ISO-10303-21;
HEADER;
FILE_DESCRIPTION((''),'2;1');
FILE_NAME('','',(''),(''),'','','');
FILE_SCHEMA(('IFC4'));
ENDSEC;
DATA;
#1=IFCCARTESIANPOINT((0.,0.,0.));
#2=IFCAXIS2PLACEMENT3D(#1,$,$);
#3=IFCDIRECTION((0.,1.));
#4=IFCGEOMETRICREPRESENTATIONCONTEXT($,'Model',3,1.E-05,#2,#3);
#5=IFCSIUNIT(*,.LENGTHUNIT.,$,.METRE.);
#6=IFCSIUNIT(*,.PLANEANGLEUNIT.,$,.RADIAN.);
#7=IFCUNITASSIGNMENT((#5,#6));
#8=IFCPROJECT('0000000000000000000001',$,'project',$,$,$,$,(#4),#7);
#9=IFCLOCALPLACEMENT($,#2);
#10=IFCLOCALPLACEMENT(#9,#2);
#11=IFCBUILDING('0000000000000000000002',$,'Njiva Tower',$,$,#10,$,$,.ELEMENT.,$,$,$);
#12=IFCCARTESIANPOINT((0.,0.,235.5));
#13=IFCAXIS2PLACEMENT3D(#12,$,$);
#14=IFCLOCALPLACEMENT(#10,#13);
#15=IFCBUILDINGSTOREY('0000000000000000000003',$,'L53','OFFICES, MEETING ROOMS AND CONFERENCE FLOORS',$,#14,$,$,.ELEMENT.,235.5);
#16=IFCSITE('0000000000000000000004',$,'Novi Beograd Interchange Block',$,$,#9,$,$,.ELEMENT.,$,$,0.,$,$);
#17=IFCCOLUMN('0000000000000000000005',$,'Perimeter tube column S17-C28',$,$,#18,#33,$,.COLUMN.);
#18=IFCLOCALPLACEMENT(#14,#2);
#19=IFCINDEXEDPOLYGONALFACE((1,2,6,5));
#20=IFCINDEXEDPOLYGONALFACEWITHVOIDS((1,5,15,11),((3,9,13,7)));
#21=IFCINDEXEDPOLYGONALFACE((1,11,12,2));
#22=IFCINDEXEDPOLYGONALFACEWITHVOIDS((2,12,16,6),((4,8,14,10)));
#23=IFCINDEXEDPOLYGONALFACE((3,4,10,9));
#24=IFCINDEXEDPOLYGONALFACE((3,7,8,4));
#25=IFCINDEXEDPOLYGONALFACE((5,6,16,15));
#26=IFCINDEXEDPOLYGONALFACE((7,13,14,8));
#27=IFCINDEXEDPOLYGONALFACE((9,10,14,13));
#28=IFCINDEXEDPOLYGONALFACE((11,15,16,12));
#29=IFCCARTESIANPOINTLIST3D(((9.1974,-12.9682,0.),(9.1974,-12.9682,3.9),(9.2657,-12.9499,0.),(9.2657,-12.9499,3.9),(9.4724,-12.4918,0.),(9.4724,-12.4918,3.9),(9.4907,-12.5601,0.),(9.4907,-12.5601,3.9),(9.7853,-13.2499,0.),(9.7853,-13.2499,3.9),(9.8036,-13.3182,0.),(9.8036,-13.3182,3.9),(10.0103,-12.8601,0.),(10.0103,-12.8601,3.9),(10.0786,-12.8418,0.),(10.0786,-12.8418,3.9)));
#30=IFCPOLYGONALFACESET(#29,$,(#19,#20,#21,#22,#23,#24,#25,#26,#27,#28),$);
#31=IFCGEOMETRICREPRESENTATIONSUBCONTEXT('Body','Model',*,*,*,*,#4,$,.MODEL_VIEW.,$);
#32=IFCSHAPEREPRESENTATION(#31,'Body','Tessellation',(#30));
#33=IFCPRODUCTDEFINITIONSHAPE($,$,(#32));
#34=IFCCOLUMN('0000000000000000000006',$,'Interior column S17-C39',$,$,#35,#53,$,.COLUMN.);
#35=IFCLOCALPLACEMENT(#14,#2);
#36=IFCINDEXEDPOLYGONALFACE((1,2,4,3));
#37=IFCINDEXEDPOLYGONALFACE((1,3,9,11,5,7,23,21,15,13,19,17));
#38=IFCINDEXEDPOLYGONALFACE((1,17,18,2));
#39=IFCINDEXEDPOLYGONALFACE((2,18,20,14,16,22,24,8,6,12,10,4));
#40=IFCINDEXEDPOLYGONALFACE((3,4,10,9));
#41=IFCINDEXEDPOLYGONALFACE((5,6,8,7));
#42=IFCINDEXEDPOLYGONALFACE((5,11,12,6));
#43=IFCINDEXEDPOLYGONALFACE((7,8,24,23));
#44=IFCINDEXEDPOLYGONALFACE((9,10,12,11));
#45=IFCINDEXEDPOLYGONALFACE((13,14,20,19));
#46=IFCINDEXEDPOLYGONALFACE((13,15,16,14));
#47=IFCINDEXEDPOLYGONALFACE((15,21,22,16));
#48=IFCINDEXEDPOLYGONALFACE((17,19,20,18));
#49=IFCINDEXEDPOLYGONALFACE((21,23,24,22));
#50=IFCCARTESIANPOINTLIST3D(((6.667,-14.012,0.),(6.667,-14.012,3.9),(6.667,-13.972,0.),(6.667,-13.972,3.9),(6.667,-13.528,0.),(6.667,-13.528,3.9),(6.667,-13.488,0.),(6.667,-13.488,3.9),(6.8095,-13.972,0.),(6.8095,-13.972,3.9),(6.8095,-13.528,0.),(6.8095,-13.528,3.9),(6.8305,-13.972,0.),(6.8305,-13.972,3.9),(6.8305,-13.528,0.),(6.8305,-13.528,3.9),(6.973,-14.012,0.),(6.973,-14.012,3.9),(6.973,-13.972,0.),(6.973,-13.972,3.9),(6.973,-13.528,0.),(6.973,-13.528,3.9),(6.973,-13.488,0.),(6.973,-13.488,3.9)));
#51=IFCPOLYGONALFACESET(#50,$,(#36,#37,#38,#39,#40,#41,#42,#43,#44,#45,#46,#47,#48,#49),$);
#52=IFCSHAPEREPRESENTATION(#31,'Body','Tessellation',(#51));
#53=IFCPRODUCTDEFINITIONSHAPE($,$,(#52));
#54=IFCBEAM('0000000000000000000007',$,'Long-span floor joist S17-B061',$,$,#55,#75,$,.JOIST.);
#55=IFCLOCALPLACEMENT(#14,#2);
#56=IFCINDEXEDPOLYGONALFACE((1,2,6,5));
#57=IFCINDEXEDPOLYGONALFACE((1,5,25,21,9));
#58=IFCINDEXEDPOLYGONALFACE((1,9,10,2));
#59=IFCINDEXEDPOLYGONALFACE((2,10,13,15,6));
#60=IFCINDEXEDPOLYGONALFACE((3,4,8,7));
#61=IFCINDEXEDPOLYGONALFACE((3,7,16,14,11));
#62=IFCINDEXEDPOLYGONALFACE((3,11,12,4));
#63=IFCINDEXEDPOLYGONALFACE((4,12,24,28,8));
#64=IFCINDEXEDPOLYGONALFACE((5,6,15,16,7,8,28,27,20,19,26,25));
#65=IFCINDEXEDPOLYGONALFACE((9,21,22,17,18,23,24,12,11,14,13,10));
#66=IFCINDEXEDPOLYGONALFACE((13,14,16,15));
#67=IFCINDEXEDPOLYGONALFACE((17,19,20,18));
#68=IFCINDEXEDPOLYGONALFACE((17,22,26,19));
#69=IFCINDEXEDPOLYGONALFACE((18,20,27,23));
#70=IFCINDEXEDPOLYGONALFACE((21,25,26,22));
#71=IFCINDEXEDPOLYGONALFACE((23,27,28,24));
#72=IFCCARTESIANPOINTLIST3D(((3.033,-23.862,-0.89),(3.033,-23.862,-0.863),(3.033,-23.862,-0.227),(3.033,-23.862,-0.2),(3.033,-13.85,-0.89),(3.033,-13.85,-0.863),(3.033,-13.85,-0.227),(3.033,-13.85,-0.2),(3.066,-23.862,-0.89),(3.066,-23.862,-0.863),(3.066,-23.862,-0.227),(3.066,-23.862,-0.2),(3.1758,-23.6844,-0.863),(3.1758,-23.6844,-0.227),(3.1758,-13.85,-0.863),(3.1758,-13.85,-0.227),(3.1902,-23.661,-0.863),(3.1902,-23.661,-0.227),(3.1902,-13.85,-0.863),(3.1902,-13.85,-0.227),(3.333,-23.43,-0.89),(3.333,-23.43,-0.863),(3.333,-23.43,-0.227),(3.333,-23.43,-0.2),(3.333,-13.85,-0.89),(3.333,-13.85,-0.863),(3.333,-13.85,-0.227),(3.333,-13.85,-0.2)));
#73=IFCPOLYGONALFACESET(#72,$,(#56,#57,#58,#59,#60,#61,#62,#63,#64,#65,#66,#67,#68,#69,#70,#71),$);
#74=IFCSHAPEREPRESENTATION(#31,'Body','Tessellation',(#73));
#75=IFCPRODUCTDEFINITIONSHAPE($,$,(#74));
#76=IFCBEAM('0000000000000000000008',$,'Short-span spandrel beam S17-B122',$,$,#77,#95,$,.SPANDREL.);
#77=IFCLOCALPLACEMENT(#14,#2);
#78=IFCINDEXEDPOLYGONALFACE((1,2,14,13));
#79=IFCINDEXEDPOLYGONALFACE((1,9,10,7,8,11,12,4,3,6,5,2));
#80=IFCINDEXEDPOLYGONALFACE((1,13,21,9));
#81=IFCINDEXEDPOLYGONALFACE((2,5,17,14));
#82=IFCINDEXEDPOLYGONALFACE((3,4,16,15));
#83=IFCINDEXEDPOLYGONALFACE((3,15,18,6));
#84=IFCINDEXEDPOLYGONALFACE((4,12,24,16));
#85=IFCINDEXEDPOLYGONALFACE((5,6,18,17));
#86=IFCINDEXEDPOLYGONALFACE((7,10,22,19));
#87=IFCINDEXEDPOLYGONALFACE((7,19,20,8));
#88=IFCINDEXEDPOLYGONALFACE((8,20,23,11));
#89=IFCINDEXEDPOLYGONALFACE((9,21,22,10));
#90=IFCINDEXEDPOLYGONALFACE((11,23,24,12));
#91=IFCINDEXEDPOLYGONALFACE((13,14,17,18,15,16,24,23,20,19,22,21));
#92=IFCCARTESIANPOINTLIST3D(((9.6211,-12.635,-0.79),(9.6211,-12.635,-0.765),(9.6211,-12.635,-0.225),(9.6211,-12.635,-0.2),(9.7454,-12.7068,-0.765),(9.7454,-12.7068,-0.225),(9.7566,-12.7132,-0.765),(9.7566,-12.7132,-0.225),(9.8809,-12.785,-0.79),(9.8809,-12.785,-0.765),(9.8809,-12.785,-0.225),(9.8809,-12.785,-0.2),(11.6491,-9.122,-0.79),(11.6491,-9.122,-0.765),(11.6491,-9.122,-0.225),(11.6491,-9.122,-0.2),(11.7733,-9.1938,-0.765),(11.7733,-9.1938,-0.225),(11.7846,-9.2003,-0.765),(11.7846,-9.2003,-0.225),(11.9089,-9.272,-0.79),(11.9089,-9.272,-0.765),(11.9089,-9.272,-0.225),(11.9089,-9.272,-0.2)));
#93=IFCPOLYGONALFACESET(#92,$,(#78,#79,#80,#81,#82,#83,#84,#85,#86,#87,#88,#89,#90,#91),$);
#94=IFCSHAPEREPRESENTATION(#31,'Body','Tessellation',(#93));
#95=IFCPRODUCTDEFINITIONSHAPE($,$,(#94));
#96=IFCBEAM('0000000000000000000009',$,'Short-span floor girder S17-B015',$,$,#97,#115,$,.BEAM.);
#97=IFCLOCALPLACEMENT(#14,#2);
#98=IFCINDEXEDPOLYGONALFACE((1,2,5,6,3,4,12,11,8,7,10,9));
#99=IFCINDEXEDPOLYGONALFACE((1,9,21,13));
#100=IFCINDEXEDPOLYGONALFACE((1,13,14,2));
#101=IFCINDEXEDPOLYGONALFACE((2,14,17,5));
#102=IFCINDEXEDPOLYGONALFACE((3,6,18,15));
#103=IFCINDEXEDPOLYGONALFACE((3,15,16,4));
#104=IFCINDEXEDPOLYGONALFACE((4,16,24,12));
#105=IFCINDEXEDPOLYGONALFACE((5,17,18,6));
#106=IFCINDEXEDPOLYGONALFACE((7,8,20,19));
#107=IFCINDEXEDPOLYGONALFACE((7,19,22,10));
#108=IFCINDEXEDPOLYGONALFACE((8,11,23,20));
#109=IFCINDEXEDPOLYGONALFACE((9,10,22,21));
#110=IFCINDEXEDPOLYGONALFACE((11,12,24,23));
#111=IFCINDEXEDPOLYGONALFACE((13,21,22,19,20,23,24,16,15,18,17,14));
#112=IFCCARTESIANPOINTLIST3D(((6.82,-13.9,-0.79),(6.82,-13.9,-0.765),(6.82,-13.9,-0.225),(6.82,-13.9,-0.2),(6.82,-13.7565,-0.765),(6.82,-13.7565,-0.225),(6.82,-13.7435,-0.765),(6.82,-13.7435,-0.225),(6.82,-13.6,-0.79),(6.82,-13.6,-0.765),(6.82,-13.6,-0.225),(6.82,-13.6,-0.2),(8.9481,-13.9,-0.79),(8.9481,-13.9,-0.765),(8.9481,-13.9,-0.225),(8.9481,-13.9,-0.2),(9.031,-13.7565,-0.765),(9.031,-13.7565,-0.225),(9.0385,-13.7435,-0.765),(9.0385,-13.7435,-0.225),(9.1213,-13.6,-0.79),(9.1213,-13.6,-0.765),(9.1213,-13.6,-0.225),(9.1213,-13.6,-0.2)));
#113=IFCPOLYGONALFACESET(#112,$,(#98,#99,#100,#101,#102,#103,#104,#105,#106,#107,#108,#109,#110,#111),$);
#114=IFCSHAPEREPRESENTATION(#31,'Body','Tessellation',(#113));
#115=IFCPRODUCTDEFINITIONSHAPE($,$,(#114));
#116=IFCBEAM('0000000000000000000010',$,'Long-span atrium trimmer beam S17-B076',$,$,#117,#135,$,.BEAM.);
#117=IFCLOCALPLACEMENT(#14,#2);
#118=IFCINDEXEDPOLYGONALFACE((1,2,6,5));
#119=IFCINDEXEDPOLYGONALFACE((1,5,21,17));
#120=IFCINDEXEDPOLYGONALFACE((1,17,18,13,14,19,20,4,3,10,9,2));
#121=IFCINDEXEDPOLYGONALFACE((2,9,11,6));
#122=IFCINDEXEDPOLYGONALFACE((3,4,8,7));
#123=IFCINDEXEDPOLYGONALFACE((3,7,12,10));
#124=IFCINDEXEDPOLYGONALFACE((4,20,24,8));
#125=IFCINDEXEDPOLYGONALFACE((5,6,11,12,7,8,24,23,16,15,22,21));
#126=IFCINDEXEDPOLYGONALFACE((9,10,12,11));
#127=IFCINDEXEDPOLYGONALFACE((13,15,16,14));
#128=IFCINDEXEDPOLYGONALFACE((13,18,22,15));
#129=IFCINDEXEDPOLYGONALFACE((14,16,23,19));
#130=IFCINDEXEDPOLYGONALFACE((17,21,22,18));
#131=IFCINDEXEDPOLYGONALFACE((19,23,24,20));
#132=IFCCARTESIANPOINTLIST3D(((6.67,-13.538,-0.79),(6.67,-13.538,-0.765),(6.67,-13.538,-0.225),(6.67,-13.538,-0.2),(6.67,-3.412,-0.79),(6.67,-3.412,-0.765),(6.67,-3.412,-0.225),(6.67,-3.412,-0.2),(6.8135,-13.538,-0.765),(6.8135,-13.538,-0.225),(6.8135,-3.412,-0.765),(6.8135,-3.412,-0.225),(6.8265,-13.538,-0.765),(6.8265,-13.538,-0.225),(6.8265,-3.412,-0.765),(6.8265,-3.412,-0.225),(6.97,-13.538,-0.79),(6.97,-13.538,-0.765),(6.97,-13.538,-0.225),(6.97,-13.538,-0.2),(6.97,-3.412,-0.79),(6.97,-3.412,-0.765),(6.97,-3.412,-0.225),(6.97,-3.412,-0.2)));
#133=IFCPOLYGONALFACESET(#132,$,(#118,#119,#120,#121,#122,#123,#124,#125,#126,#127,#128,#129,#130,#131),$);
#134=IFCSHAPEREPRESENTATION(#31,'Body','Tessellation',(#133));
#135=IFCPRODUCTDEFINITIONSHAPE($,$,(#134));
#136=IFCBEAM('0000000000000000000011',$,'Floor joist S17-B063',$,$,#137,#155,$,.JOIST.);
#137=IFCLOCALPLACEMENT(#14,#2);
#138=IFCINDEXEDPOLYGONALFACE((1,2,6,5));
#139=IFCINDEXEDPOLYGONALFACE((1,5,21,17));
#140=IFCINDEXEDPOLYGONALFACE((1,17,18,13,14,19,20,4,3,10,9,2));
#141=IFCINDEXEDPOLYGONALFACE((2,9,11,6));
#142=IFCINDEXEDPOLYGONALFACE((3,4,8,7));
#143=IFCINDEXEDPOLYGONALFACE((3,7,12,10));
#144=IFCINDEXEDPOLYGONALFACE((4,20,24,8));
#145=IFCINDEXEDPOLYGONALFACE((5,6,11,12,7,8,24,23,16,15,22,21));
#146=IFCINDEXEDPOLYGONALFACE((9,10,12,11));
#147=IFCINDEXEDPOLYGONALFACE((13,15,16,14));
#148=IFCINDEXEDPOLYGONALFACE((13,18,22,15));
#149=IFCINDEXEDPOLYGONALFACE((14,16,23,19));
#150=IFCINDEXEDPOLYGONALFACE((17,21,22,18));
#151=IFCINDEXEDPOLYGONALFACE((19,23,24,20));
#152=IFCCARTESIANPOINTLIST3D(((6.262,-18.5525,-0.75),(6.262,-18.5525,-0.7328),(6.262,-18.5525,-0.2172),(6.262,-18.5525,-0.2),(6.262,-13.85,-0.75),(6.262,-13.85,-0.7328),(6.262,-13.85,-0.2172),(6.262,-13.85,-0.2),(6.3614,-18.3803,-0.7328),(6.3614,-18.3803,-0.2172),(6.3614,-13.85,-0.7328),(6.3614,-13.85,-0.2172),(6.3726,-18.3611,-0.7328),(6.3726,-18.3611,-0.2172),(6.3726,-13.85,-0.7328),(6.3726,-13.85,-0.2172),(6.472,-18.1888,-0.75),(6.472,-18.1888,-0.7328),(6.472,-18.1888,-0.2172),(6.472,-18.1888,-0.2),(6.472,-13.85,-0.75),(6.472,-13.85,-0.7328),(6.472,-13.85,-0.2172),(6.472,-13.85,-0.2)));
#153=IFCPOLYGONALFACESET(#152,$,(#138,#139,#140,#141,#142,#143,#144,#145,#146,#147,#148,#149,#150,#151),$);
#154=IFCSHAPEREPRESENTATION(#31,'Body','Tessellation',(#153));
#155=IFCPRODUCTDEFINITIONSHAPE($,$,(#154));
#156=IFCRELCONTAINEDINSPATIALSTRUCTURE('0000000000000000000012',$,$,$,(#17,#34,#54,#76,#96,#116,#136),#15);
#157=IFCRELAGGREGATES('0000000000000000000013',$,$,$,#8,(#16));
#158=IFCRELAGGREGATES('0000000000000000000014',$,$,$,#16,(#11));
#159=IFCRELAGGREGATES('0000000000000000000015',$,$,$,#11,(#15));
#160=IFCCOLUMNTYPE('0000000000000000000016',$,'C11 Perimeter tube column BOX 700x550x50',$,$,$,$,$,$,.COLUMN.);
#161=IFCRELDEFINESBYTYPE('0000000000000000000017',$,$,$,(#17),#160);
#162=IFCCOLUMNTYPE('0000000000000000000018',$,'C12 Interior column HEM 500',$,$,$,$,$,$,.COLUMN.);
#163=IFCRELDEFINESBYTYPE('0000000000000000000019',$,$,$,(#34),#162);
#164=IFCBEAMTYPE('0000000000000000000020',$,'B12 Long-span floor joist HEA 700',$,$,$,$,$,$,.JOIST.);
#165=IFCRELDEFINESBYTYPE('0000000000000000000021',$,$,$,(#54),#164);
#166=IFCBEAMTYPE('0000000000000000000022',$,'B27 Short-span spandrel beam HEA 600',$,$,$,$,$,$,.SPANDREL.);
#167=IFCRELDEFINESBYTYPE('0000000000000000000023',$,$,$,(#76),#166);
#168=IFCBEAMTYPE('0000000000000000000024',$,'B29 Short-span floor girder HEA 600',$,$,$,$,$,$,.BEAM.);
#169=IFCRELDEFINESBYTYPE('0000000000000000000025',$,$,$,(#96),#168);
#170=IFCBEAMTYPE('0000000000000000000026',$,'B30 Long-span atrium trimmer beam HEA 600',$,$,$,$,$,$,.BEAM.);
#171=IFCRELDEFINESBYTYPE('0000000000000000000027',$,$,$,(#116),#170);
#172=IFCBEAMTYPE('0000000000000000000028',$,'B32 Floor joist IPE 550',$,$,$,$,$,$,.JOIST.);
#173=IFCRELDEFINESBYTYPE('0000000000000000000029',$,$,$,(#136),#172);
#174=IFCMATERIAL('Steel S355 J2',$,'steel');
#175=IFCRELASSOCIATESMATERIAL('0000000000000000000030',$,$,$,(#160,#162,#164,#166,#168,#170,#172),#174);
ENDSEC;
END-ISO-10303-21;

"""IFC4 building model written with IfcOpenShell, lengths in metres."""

from ifc_helpers import new_model, si_unit, direction, frame, origin, origin_2d, place, context, subcontext, project, spatial, hollow_rectangle, i_section, extrude, clip, halfspace, material, material_profile, profile_set, type_object, element, save


model = new_model("IFC4")

# Units and contexts
model_context = context("Model", 3, precision=1e-05, world=origin(), true_north=direction((0.0, 1.0)))
body_context = subcontext(model_context, "Body", "Model", "MODEL_VIEW")
ifc_project = project(units=[si_unit("LENGTHUNIT", "METRE"), si_unit("PLANEANGLEUNIT", "RADIAN")], contexts=[model_context])

# Site, building, storey
site_placement = place(None, origin())
site = spatial("IfcSite", under=ifc_project, at=site_placement, Name="Novi Beograd Interchange Block", CompositionType="ELEMENT", RefElevation=0.0)
building_placement = place(site_placement, origin())
building = spatial("IfcBuilding", under=site, at=building_placement, Name="Njiva Tower", CompositionType="ELEMENT")
storey_placement = place(building_placement, frame((0.0, 0.0, 235.5)))
storey = spatial("IfcBuildingStorey", under=building, at=storey_placement, Name="L53", Description="OFFICES, MEETING ROOMS AND CONFERENCE FLOORS", CompositionType="ELEMENT", Elevation=235.5)

# Columns
ifc_material_1 = material(Name="Steel S355 J2", Category="steel")
ifc_material_profile_1 = material_profile(ifc_material_1, hollow_rectangle(XDim=0.55, YDim=0.7, WallThickness=0.05, at=origin_2d()), Name="BOX 700x550x50")
ifc_profile_set_1 = profile_set([ifc_material_profile_1], Name="Steel S355 J2")
column_type_1 = type_object("IfcColumnType", Name="C11 Perimeter tube column BOX 700x550x50", PredefinedType="COLUMN", material=ifc_profile_set_1)
column_1_placement = place(storey_placement, frame((9.638, -12.905, 0.0), z_axis=(0.0, 0.0, 1.0), x_axis=(0.5, 0.866025, 0.0)))
element("IfcColumn", 1, at=column_1_placement, inside=storey, type_object=column_type_1, Name="Perimeter tube column S17-C28", PredefinedType="COLUMN", context=body_context, shape_type="SweptSolid", body=[
    extrude(hollow_rectangle(XDim=0.55, YDim=0.7, WallThickness=0.05, at=origin_2d()), origin(), (0.0, 0.0, 1.0), 3.9),
])
ifc_material_profile_2 = material_profile(ifc_material_1, i_section(OverallWidth=0.306, OverallDepth=0.524, WebThickness=0.021, FlangeThickness=0.04, at=origin_2d()), Name="HEM 500")
ifc_profile_set_2 = profile_set([ifc_material_profile_2], Name="Steel S355 J2")
column_type_2 = type_object("IfcColumnType", Name="C12 Interior column HEM 500", PredefinedType="COLUMN", material=ifc_profile_set_2)
column_2_placement = place(storey_placement, frame((6.82, -13.75, 0.0), z_axis=(0.0, 0.0, 1.0), x_axis=(1.0, 0.0, 0.0)))
element("IfcColumn", 2, at=column_2_placement, inside=storey, type_object=column_type_2, Name="Interior column S17-C39", PredefinedType="COLUMN", context=body_context, shape_type="SweptSolid", body=[
    extrude(i_section(OverallWidth=0.306, OverallDepth=0.524, WebThickness=0.021, FlangeThickness=0.04, at=origin_2d()), origin(), (0.0, 0.0, 1.0), 3.9),
])

# Beams
ifc_material_profile_3 = material_profile(ifc_material_1, i_section(OverallWidth=0.3, OverallDepth=0.69, WebThickness=0.0145, FlangeThickness=0.027, at=origin_2d()), Name="HEA 700")
ifc_profile_set_3 = profile_set([ifc_material_profile_3], Name="Steel S355 J2")
beam_type_1 = type_object("IfcBeamType", Name="B12 Long-span floor joist HEA 700", PredefinedType="JOIST", material=ifc_profile_set_3)
beam_1_placement = place(storey_placement, frame((3.183, -13.85, -0.545), z_axis=(0.0, -1.0, 0.0), x_axis=(1.0, 0.0, 0.0)))
element("IfcBeam", 3, at=beam_1_placement, inside=storey, type_object=beam_type_1, Name="Long-span floor joist S17-B061", PredefinedType="JOIST", context=body_context, shape_type="Clipping", body=[
    clip(extrude(i_section(OverallWidth=0.3, OverallDepth=0.69, WebThickness=0.0145, FlangeThickness=0.027, at=origin_2d()), origin(), (0.0, 0.0, 1.0), 10.012), halfspace(frame((0.0429, 0.0, 9.7533), z_axis=(0.850616, 0.0, 0.525788), x_axis=(0.0, 1.0, 0.0)), False)),
])
ifc_material_profile_4 = material_profile(ifc_material_1, i_section(OverallWidth=0.3, OverallDepth=0.59, WebThickness=0.013, FlangeThickness=0.025, at=origin_2d()), Name="HEA 600")
ifc_profile_set_4 = profile_set([ifc_material_profile_4], Name="Steel S355 J2")
beam_type_2 = type_object("IfcBeamType", Name="B27 Short-span spandrel beam HEA 600", PredefinedType="SPANDREL", material=ifc_profile_set_4)
beam_2_placement = place(storey_placement, frame((9.751, -12.71, -0.495), z_axis=(0.499957, 0.86605, 0.0), x_axis=(-0.86605, 0.499957, 0.0)))
element("IfcBeam", 4, at=beam_2_placement, inside=storey, type_object=beam_type_2, Name="Short-span spandrel beam S17-B122", PredefinedType="SPANDREL", context=body_context, shape_type="SweptSolid", body=[
    extrude(i_section(OverallWidth=0.3, OverallDepth=0.59, WebThickness=0.013, FlangeThickness=0.025, at=origin_2d()), origin(), (0.0, 0.0, 1.0), 4.0563),
])
ifc_material_profile_5 = material_profile(ifc_material_1, i_section(OverallWidth=0.3, OverallDepth=0.59, WebThickness=0.013, FlangeThickness=0.025, at=origin_2d()), Name="HEA 600")
ifc_profile_set_5 = profile_set([ifc_material_profile_5], Name="Steel S355 J2")
beam_type_3 = type_object("IfcBeamType", Name="B29 Short-span floor girder HEA 600", PredefinedType="BEAM", material=ifc_profile_set_5)
beam_3_placement = place(storey_placement, frame((6.82, -13.75, -0.495), z_axis=(1.0, 0.0, 0.0), x_axis=(0.0, 1.0, 0.0)))
element("IfcBeam", 5, at=beam_3_placement, inside=storey, type_object=beam_type_3, Name="Short-span floor girder S17-B015", PredefinedType="BEAM", context=body_context, shape_type="Clipping", body=[
    clip(extrude(i_section(OverallWidth=0.3, OverallDepth=0.59, WebThickness=0.013, FlangeThickness=0.025, at=origin_2d()), origin(), (0.0, 0.0, 1.0), 2.322), halfspace(frame((-0.025, 0.0, 2.2003), z_axis=(-0.499998, 0.0, 0.866027), x_axis=(0.0, 1.0, 0.0)), False)),
])
ifc_material_profile_6 = material_profile(ifc_material_1, i_section(OverallWidth=0.3, OverallDepth=0.59, WebThickness=0.013, FlangeThickness=0.025, at=origin_2d()), Name="HEA 600")
ifc_profile_set_6 = profile_set([ifc_material_profile_6], Name="Steel S355 J2")
beam_type_4 = type_object("IfcBeamType", Name="B30 Long-span atrium trimmer beam HEA 600", PredefinedType="BEAM", material=ifc_profile_set_6)
beam_4_placement = place(storey_placement, frame((6.82, -13.538, -0.495), z_axis=(0.0, 1.0, 0.0), x_axis=(-1.0, 0.0, 0.0)))
element("IfcBeam", 6, at=beam_4_placement, inside=storey, type_object=beam_type_4, Name="Long-span atrium trimmer beam S17-B076", PredefinedType="BEAM", context=body_context, shape_type="SweptSolid", body=[
    extrude(i_section(OverallWidth=0.3, OverallDepth=0.59, WebThickness=0.013, FlangeThickness=0.025, at=origin_2d()), origin(), (0.0, 0.0, 1.0), 10.126),
])
ifc_material_profile_7 = material_profile(ifc_material_1, i_section(OverallWidth=0.21, OverallDepth=0.55, WebThickness=0.0111, FlangeThickness=0.0172, at=origin_2d()), Name="IPE 550")
ifc_profile_set_7 = profile_set([ifc_material_profile_7], Name="Steel S355 J2")
beam_type_5 = type_object("IfcBeamType", Name="B32 Floor joist IPE 550", PredefinedType="JOIST", material=ifc_profile_set_7)
beam_5_placement = place(storey_placement, frame((6.367, -13.85, -0.475), z_axis=(0.0, -1.0, 0.0), x_axis=(1.0, 0.0, 0.0)))
element("IfcBeam", 7, at=beam_5_placement, inside=storey, type_object=beam_type_5, Name="Floor joist S17-B063", PredefinedType="JOIST", context=body_context, shape_type="Clipping", body=[
    clip(extrude(i_section(OverallWidth=0.21, OverallDepth=0.55, WebThickness=0.0111, FlangeThickness=0.0172, at=origin_2d()), origin(), (0.0, 0.0, 1.0), 4.723), halfspace(frame((0.043, 0.0, 4.4462), z_axis=(0.866027, 0.0, 0.499998), x_axis=(0.0, 1.0, 0.0)), False)),
])

save(model, "model.ifc")
